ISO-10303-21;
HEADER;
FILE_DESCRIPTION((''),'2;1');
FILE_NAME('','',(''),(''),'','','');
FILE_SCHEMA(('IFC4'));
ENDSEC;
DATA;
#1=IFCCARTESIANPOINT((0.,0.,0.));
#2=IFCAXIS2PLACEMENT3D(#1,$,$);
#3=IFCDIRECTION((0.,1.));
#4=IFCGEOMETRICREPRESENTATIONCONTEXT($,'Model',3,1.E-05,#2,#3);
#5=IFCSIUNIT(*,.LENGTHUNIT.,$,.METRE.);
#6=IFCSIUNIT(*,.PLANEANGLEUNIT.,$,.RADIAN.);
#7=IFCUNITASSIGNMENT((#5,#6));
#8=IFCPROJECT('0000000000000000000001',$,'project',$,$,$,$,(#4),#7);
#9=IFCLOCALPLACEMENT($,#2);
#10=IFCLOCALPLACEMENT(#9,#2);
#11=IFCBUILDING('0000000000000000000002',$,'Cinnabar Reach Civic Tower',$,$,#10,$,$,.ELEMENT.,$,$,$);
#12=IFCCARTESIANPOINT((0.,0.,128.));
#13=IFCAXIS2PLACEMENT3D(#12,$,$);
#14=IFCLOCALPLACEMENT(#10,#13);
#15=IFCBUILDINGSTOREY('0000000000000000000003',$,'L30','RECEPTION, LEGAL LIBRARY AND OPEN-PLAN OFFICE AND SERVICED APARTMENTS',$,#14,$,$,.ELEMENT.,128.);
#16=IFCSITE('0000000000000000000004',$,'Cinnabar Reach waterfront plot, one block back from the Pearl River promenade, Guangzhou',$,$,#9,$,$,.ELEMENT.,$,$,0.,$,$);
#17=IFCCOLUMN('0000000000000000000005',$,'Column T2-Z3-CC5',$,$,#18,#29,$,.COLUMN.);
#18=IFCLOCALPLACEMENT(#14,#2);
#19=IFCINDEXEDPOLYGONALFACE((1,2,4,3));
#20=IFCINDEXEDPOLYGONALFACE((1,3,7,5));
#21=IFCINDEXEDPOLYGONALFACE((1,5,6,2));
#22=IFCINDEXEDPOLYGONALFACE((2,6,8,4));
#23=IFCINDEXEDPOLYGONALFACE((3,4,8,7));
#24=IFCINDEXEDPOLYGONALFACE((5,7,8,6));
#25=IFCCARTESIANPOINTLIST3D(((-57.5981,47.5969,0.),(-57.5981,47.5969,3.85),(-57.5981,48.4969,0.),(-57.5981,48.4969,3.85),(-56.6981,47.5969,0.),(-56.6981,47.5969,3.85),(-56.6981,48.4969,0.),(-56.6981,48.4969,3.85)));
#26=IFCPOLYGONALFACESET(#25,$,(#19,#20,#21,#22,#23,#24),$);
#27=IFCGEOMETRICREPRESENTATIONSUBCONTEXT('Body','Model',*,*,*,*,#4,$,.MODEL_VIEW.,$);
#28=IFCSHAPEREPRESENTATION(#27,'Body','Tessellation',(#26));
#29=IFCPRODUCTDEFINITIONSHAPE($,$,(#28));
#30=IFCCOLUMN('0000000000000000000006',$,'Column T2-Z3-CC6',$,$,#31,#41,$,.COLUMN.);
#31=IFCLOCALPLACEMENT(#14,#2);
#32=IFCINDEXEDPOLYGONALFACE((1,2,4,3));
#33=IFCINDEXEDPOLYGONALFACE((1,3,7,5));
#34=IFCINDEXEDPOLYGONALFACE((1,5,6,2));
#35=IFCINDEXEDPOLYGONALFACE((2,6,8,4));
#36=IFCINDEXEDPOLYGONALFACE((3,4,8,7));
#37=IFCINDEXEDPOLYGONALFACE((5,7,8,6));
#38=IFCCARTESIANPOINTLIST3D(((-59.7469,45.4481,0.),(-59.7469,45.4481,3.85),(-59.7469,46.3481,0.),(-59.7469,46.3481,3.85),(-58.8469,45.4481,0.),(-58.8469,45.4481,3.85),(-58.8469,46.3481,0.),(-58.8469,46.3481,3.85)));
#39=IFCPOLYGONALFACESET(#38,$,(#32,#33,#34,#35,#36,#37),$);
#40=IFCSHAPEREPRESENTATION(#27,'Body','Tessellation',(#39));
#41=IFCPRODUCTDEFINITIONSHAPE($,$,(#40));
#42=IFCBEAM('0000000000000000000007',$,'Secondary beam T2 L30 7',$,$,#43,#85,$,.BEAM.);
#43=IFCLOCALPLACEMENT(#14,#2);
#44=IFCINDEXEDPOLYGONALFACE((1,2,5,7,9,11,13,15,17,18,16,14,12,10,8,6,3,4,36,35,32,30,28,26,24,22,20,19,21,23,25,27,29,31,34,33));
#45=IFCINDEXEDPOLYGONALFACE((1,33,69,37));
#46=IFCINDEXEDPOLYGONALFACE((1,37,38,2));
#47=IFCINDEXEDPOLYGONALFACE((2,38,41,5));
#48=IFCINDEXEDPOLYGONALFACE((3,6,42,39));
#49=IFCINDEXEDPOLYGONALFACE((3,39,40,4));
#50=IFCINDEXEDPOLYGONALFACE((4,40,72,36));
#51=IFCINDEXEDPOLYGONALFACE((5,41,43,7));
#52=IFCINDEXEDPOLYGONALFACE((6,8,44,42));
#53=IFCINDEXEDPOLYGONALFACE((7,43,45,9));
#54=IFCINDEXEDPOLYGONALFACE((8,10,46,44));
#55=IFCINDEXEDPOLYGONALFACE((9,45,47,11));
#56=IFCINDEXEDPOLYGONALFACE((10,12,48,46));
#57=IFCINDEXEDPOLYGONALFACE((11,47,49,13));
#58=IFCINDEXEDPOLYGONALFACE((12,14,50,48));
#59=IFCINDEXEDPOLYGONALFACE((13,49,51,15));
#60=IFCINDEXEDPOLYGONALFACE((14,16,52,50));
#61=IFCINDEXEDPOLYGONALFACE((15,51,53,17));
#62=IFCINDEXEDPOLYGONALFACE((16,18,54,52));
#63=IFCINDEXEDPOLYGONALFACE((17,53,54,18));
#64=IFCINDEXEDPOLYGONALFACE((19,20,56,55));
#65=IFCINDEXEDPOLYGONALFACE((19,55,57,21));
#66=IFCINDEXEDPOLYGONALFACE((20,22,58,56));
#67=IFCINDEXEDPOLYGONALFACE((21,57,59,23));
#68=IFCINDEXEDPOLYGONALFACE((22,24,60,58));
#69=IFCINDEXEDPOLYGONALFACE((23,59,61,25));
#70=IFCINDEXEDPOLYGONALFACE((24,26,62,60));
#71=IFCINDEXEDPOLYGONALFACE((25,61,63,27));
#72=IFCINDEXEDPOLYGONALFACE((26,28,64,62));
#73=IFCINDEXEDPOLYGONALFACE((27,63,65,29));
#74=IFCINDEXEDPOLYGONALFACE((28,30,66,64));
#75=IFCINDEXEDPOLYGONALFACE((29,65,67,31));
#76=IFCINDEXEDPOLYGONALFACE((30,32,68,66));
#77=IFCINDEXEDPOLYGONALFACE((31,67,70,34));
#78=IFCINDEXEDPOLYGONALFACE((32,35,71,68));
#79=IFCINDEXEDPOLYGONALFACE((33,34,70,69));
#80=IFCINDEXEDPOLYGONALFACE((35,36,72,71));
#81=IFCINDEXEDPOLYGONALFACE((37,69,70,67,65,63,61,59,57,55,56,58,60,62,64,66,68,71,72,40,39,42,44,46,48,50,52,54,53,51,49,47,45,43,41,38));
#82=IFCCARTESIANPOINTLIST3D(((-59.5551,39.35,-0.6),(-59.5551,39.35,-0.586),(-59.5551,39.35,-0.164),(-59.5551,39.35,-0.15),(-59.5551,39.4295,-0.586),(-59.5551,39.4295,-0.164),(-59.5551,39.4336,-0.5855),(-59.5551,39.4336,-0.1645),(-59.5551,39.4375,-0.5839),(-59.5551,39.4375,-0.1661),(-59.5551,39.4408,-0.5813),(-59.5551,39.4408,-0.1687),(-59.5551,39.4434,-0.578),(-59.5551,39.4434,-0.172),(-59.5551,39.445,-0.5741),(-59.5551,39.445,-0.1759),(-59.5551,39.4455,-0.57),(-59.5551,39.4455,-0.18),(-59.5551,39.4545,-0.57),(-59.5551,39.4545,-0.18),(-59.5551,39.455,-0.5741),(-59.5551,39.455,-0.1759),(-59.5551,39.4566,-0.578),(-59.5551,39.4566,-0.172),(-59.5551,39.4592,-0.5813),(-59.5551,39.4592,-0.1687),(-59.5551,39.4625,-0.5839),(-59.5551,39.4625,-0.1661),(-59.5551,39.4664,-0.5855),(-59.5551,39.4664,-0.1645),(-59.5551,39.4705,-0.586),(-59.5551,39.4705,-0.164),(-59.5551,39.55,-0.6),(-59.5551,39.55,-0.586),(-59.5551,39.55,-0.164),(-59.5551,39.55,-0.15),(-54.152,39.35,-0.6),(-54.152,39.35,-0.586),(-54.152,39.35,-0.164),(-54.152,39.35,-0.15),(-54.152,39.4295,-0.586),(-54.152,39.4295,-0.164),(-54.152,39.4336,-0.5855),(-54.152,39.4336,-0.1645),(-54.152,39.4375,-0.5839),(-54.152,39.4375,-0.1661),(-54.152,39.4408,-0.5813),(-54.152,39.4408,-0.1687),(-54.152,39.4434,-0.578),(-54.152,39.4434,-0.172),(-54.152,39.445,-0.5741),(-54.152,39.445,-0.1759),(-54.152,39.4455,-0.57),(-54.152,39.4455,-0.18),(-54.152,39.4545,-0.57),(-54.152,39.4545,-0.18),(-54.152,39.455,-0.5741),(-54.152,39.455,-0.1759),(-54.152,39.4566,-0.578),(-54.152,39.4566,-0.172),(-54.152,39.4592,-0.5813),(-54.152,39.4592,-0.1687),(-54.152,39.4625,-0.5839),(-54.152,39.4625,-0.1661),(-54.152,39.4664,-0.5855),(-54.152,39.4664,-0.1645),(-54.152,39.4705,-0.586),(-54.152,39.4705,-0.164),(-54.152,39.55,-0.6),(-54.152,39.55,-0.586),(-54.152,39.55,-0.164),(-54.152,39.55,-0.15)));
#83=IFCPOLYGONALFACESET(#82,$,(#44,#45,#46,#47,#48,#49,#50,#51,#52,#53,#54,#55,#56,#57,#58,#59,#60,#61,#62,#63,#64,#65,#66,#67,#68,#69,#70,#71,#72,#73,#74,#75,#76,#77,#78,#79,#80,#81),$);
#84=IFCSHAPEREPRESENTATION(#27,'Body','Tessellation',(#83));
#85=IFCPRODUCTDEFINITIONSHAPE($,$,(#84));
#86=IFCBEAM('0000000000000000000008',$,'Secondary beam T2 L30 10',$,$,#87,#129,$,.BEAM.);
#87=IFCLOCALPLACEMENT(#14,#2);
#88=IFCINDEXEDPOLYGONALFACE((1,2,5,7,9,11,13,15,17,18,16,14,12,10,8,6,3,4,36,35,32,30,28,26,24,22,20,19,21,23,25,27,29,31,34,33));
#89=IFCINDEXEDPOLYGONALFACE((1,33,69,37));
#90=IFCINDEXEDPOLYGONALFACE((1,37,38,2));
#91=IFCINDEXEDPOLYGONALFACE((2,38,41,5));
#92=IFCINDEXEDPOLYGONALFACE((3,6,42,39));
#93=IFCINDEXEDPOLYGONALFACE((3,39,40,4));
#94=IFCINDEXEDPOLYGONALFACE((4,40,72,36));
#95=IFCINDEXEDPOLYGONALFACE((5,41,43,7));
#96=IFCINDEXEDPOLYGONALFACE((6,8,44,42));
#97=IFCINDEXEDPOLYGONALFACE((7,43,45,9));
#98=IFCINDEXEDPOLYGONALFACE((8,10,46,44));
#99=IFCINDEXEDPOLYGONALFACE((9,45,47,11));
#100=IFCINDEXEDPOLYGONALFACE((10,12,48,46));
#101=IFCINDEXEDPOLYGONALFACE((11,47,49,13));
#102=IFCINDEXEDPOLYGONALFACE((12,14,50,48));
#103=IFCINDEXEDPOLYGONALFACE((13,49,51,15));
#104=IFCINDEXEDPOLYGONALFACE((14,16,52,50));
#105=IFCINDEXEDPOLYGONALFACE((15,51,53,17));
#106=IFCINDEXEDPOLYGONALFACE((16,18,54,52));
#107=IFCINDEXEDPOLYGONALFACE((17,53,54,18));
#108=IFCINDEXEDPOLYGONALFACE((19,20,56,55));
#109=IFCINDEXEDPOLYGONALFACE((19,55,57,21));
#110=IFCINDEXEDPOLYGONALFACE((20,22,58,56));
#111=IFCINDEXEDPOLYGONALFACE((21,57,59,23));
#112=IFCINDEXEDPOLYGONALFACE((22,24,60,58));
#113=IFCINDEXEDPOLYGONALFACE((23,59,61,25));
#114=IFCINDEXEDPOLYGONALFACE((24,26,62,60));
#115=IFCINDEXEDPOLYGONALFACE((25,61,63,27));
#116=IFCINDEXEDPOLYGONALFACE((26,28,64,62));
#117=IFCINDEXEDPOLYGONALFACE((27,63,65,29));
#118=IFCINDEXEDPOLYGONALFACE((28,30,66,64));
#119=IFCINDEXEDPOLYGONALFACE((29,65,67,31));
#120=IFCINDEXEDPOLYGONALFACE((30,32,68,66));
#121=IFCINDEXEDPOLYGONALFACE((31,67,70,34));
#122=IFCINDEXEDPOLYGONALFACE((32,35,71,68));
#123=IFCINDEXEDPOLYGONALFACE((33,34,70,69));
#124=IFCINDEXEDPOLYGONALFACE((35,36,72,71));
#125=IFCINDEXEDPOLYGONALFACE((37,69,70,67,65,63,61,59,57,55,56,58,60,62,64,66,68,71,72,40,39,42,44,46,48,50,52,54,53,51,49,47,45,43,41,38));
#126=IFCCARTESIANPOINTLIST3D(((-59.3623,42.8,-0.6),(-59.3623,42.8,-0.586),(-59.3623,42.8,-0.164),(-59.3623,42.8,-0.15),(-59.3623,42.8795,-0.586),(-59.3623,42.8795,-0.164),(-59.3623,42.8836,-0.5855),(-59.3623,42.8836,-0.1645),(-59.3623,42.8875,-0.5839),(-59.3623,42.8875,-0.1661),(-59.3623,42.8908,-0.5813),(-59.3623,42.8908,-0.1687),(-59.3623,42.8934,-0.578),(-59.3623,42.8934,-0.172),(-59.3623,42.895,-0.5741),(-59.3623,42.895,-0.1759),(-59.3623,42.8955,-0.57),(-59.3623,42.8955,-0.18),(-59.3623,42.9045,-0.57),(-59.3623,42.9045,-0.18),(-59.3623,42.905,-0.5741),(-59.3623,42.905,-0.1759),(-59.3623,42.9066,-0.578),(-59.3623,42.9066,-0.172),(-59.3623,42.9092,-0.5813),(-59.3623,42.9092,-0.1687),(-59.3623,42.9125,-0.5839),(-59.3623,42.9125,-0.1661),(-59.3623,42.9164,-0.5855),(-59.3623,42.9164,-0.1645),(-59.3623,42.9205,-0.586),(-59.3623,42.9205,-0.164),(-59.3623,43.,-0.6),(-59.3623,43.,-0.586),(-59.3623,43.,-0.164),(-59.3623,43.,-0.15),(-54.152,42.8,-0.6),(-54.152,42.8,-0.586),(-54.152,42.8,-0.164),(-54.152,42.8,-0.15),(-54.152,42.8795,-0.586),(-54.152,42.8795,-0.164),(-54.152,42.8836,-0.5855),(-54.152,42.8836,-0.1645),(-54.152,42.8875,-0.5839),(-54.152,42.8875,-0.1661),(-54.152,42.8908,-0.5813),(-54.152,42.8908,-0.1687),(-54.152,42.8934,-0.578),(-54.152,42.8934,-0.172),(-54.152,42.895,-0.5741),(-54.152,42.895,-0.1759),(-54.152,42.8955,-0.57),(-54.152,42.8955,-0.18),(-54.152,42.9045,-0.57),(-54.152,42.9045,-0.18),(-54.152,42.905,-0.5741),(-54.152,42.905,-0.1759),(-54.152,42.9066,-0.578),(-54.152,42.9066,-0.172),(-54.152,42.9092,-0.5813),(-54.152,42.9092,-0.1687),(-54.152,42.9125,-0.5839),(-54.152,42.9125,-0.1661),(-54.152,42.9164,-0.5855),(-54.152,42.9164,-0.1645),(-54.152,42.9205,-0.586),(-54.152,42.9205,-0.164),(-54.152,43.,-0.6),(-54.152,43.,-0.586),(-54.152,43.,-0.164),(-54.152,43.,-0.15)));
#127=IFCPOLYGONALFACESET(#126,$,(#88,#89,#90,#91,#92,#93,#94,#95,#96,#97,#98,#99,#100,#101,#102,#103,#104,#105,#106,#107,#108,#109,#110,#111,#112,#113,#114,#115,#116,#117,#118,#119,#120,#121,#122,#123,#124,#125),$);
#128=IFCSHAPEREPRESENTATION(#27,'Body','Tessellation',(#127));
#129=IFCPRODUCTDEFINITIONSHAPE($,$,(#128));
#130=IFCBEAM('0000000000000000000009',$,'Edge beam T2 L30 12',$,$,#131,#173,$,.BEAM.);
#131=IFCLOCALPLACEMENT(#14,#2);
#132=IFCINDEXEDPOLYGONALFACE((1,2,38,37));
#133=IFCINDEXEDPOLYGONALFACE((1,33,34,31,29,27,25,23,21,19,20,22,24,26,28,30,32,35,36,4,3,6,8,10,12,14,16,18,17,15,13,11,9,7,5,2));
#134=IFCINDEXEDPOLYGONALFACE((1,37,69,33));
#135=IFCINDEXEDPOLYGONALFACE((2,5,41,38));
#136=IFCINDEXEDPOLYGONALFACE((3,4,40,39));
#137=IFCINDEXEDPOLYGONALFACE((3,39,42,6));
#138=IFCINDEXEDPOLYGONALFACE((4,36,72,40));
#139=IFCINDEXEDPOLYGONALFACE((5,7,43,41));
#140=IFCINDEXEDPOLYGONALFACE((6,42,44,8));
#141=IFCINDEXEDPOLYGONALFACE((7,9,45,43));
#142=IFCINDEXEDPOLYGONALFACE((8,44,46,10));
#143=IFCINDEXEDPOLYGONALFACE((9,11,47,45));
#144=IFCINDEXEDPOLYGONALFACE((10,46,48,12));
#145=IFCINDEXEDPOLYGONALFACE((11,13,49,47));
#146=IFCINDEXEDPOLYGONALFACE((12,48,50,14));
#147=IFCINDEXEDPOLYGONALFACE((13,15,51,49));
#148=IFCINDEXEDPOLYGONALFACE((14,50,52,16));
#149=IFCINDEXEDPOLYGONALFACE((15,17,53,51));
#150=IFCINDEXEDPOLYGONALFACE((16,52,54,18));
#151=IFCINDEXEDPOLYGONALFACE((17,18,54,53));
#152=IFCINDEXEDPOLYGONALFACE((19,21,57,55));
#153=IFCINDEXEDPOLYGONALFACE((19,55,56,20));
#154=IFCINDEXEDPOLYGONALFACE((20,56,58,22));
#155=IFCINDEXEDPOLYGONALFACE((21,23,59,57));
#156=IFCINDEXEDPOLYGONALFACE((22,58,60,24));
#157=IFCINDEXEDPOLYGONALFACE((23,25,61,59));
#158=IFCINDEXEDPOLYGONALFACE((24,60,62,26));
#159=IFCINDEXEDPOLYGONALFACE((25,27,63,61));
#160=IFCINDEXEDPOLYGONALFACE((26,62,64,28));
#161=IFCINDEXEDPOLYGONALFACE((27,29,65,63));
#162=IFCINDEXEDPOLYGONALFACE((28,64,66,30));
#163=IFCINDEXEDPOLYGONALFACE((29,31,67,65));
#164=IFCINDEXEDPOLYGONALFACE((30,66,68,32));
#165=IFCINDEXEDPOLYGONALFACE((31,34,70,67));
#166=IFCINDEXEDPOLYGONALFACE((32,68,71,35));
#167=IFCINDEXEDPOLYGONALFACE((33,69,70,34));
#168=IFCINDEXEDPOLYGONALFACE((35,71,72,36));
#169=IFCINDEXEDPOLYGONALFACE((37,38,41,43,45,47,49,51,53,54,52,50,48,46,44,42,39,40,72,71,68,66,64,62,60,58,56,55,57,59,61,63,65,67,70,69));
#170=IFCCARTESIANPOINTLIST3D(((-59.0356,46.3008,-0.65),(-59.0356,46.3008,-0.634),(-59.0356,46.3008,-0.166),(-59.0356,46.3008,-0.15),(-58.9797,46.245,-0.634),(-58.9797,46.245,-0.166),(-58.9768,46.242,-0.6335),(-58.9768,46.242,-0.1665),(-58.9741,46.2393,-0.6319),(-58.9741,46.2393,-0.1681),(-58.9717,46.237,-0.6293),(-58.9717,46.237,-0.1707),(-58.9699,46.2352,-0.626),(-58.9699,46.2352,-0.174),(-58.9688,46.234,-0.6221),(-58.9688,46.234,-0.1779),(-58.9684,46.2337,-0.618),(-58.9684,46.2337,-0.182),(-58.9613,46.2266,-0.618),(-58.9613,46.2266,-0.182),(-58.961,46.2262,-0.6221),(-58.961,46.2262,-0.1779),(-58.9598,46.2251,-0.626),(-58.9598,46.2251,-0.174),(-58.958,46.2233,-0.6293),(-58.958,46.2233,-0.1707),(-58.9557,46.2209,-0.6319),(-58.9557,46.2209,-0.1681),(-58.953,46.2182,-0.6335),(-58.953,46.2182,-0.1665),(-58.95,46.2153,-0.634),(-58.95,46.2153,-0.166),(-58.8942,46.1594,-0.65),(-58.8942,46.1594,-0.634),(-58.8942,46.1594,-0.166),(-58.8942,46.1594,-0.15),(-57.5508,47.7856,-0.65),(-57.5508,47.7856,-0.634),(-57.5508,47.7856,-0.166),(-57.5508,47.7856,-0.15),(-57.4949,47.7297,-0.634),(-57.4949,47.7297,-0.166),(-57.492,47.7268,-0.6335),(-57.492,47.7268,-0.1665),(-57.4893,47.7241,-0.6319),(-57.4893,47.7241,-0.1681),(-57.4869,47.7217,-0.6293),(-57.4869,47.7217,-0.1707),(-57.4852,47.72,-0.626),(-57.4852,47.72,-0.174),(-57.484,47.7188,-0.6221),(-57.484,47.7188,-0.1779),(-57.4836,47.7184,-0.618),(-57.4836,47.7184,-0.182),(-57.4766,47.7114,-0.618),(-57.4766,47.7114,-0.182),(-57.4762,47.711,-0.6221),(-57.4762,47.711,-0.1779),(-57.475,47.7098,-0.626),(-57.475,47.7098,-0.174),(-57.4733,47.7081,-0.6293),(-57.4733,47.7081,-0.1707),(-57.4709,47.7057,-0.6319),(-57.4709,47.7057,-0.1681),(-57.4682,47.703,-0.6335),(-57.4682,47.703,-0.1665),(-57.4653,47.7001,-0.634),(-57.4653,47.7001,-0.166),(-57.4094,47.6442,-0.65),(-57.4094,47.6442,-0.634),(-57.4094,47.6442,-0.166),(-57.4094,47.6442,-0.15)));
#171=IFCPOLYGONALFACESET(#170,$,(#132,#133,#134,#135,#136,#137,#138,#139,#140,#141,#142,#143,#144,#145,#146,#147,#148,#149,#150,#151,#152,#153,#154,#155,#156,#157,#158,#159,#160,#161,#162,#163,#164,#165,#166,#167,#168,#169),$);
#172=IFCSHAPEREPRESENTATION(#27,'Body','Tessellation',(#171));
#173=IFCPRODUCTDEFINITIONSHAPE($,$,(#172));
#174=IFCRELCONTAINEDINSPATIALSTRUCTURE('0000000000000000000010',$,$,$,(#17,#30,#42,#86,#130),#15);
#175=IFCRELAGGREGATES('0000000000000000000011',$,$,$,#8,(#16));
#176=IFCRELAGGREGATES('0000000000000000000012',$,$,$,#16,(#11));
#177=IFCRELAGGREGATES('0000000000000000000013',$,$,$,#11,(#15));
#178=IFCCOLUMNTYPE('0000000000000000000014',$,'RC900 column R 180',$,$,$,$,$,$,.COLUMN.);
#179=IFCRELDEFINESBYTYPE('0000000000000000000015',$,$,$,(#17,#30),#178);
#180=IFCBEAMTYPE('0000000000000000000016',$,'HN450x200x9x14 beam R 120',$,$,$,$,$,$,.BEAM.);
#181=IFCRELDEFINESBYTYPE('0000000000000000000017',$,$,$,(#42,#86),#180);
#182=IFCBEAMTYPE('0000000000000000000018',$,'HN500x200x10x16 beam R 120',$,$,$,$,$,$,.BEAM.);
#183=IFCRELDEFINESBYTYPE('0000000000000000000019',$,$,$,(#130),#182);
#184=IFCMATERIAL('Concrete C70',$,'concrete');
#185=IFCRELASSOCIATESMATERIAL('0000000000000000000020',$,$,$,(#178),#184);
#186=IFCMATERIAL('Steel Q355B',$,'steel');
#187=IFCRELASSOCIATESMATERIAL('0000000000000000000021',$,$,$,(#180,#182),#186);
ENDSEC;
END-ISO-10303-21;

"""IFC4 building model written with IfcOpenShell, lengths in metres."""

from ifc_helpers import new_model, si_unit, direction, frame, origin, origin_2d, place, context, subcontext, project, spatial, rectangle, i_section, extrude, material, material_profile, profile_set, type_object, element, save


model = new_model("IFC4")

# Units and contexts
model_context = context("Model", 3, precision=1e-05, world=origin(), true_north=direction((0.0, 1.0)))
body_context = subcontext(model_context, "Body", "Model", "MODEL_VIEW")
ifc_project = project(units=[si_unit("LENGTHUNIT", "METRE"), si_unit("PLANEANGLEUNIT", "RADIAN")], contexts=[model_context])

# Site, building, storey
site_placement = place(None, origin())
site = spatial("IfcSite", under=ifc_project, at=site_placement, Name="Cinnabar Reach waterfront plot, one block back from the Pearl River promenade, Guangzhou", CompositionType="ELEMENT", RefElevation=0.0)
building_placement = place(site_placement, origin())
building = spatial("IfcBuilding", under=site, at=building_placement, Name="Cinnabar Reach Civic Tower", CompositionType="ELEMENT")
storey_placement = place(building_placement, frame((0.0, 0.0, 128.0)))
storey = spatial("IfcBuildingStorey", under=building, at=storey_placement, Name="L30", Description="RECEPTION, LEGAL LIBRARY AND OPEN-PLAN OFFICE AND SERVICED APARTMENTS", CompositionType="ELEMENT", Elevation=128.0)

# Columns
ifc_material_1 = material(Name="Concrete C70", Category="concrete")
ifc_material_profile_1 = material_profile(ifc_material_1, rectangle(XDim=0.9, YDim=0.9, at=origin_2d()), Name="RC900")
ifc_profile_set_1 = profile_set([ifc_material_profile_1], Name="Concrete C70")
column_type = type_object("IfcColumnType", Name="RC900 column R 180", PredefinedType="COLUMN", material=ifc_profile_set_1)
for number, where, z_axis, x_axis, name in (
    (1, (-57.1481, 48.0469, 0.0), (0.0, 0.0, 1.0), (1.0, 0.0, 0.0), "Column T2-Z3-CC5"),
    (2, (-59.2969, 45.8981, 0.0), (0.0, 0.0, 1.0), (1.0, 0.0, 0.0), "Column T2-Z3-CC6"),
):
    element("IfcColumn", number, at=place(storey_placement, frame(where, z_axis=z_axis, x_axis=x_axis)), inside=storey, type_object=column_type, Name=name, PredefinedType="COLUMN", context=body_context, shape_type="SweptSolid", body=[
        extrude(rectangle(XDim=0.9, YDim=0.9, at=origin_2d()), origin(), (0.0, 0.0, 1.0), 3.85),
    ])

# Beams
ifc_material_2 = material(Name="Steel Q355B", Category="steel")
ifc_material_profile_2 = material_profile(ifc_material_2, i_section(OverallWidth=0.2, OverallDepth=0.45, WebThickness=0.009, FlangeThickness=0.014, FilletRadius=0.016, at=origin_2d()), Name="HN450x200x9x14")
ifc_profile_set_2 = profile_set([ifc_material_profile_2], Name="Steel Q355B")
beam_type_1 = type_object("IfcBeamType", Name="HN450x200x9x14 beam R 120", PredefinedType="BEAM", material=ifc_profile_set_2)
beam_1_placement = place(storey_placement, frame((-59.5551, 39.45, -0.375), z_axis=(1.0, 0.0, 0.0), x_axis=(0.0, 1.0, 0.0)))
element("IfcBeam", 3, at=beam_1_placement, inside=storey, type_object=beam_type_1, Name="Secondary beam T2 L30 7", PredefinedType="BEAM", context=body_context, shape_type="SweptSolid", body=[
    extrude(i_section(OverallWidth=0.2, OverallDepth=0.45, WebThickness=0.009, FlangeThickness=0.014, FilletRadius=0.016, at=origin_2d()), origin(), (0.0, 0.0, 1.0), 5.4031),
])
beam_2_placement = place(storey_placement, frame((-59.3623, 42.9, -0.375), z_axis=(1.0, 0.0, 0.0), x_axis=(0.0, 1.0, 0.0)))
element("IfcBeam", 4, at=beam_2_placement, inside=storey, type_object=beam_type_1, Name="Secondary beam T2 L30 10", PredefinedType="BEAM", context=body_context, shape_type="SweptSolid", body=[
    extrude(i_section(OverallWidth=0.2, OverallDepth=0.45, WebThickness=0.009, FlangeThickness=0.014, FilletRadius=0.016, at=origin_2d()), origin(), (0.0, 0.0, 1.0), 5.2103),
])
ifc_material_profile_3 = material_profile(ifc_material_2, i_section(OverallWidth=0.2, OverallDepth=0.5, WebThickness=0.01, FlangeThickness=0.016, FilletRadius=0.016, at=origin_2d()), Name="HN500x200x10x16")
ifc_profile_set_3 = profile_set([ifc_material_profile_3], Name="Steel Q355B")
beam_type_2 = type_object("IfcBeamType", Name="HN500x200x10x16 beam R 120", PredefinedType="BEAM", material=ifc_profile_set_3)
beam_3_placement = place(storey_placement, frame((-57.4801, 47.7149, -0.4), z_axis=(-0.707107, -0.707107, 0.0), x_axis=(0.707107, -0.707107, 0.0)))
element("IfcBeam", 5, at=beam_3_placement, inside=storey, type_object=beam_type_2, Name="Edge beam T2 L30 12", PredefinedType="BEAM", context=body_context, shape_type="SweptSolid", body=[
    extrude(i_section(OverallWidth=0.2, OverallDepth=0.5, WebThickness=0.01, FlangeThickness=0.016, FilletRadius=0.016, at=origin_2d()), origin(), (0.0, 0.0, 1.0), 2.0998),
])

save(model, "model.ifc")
